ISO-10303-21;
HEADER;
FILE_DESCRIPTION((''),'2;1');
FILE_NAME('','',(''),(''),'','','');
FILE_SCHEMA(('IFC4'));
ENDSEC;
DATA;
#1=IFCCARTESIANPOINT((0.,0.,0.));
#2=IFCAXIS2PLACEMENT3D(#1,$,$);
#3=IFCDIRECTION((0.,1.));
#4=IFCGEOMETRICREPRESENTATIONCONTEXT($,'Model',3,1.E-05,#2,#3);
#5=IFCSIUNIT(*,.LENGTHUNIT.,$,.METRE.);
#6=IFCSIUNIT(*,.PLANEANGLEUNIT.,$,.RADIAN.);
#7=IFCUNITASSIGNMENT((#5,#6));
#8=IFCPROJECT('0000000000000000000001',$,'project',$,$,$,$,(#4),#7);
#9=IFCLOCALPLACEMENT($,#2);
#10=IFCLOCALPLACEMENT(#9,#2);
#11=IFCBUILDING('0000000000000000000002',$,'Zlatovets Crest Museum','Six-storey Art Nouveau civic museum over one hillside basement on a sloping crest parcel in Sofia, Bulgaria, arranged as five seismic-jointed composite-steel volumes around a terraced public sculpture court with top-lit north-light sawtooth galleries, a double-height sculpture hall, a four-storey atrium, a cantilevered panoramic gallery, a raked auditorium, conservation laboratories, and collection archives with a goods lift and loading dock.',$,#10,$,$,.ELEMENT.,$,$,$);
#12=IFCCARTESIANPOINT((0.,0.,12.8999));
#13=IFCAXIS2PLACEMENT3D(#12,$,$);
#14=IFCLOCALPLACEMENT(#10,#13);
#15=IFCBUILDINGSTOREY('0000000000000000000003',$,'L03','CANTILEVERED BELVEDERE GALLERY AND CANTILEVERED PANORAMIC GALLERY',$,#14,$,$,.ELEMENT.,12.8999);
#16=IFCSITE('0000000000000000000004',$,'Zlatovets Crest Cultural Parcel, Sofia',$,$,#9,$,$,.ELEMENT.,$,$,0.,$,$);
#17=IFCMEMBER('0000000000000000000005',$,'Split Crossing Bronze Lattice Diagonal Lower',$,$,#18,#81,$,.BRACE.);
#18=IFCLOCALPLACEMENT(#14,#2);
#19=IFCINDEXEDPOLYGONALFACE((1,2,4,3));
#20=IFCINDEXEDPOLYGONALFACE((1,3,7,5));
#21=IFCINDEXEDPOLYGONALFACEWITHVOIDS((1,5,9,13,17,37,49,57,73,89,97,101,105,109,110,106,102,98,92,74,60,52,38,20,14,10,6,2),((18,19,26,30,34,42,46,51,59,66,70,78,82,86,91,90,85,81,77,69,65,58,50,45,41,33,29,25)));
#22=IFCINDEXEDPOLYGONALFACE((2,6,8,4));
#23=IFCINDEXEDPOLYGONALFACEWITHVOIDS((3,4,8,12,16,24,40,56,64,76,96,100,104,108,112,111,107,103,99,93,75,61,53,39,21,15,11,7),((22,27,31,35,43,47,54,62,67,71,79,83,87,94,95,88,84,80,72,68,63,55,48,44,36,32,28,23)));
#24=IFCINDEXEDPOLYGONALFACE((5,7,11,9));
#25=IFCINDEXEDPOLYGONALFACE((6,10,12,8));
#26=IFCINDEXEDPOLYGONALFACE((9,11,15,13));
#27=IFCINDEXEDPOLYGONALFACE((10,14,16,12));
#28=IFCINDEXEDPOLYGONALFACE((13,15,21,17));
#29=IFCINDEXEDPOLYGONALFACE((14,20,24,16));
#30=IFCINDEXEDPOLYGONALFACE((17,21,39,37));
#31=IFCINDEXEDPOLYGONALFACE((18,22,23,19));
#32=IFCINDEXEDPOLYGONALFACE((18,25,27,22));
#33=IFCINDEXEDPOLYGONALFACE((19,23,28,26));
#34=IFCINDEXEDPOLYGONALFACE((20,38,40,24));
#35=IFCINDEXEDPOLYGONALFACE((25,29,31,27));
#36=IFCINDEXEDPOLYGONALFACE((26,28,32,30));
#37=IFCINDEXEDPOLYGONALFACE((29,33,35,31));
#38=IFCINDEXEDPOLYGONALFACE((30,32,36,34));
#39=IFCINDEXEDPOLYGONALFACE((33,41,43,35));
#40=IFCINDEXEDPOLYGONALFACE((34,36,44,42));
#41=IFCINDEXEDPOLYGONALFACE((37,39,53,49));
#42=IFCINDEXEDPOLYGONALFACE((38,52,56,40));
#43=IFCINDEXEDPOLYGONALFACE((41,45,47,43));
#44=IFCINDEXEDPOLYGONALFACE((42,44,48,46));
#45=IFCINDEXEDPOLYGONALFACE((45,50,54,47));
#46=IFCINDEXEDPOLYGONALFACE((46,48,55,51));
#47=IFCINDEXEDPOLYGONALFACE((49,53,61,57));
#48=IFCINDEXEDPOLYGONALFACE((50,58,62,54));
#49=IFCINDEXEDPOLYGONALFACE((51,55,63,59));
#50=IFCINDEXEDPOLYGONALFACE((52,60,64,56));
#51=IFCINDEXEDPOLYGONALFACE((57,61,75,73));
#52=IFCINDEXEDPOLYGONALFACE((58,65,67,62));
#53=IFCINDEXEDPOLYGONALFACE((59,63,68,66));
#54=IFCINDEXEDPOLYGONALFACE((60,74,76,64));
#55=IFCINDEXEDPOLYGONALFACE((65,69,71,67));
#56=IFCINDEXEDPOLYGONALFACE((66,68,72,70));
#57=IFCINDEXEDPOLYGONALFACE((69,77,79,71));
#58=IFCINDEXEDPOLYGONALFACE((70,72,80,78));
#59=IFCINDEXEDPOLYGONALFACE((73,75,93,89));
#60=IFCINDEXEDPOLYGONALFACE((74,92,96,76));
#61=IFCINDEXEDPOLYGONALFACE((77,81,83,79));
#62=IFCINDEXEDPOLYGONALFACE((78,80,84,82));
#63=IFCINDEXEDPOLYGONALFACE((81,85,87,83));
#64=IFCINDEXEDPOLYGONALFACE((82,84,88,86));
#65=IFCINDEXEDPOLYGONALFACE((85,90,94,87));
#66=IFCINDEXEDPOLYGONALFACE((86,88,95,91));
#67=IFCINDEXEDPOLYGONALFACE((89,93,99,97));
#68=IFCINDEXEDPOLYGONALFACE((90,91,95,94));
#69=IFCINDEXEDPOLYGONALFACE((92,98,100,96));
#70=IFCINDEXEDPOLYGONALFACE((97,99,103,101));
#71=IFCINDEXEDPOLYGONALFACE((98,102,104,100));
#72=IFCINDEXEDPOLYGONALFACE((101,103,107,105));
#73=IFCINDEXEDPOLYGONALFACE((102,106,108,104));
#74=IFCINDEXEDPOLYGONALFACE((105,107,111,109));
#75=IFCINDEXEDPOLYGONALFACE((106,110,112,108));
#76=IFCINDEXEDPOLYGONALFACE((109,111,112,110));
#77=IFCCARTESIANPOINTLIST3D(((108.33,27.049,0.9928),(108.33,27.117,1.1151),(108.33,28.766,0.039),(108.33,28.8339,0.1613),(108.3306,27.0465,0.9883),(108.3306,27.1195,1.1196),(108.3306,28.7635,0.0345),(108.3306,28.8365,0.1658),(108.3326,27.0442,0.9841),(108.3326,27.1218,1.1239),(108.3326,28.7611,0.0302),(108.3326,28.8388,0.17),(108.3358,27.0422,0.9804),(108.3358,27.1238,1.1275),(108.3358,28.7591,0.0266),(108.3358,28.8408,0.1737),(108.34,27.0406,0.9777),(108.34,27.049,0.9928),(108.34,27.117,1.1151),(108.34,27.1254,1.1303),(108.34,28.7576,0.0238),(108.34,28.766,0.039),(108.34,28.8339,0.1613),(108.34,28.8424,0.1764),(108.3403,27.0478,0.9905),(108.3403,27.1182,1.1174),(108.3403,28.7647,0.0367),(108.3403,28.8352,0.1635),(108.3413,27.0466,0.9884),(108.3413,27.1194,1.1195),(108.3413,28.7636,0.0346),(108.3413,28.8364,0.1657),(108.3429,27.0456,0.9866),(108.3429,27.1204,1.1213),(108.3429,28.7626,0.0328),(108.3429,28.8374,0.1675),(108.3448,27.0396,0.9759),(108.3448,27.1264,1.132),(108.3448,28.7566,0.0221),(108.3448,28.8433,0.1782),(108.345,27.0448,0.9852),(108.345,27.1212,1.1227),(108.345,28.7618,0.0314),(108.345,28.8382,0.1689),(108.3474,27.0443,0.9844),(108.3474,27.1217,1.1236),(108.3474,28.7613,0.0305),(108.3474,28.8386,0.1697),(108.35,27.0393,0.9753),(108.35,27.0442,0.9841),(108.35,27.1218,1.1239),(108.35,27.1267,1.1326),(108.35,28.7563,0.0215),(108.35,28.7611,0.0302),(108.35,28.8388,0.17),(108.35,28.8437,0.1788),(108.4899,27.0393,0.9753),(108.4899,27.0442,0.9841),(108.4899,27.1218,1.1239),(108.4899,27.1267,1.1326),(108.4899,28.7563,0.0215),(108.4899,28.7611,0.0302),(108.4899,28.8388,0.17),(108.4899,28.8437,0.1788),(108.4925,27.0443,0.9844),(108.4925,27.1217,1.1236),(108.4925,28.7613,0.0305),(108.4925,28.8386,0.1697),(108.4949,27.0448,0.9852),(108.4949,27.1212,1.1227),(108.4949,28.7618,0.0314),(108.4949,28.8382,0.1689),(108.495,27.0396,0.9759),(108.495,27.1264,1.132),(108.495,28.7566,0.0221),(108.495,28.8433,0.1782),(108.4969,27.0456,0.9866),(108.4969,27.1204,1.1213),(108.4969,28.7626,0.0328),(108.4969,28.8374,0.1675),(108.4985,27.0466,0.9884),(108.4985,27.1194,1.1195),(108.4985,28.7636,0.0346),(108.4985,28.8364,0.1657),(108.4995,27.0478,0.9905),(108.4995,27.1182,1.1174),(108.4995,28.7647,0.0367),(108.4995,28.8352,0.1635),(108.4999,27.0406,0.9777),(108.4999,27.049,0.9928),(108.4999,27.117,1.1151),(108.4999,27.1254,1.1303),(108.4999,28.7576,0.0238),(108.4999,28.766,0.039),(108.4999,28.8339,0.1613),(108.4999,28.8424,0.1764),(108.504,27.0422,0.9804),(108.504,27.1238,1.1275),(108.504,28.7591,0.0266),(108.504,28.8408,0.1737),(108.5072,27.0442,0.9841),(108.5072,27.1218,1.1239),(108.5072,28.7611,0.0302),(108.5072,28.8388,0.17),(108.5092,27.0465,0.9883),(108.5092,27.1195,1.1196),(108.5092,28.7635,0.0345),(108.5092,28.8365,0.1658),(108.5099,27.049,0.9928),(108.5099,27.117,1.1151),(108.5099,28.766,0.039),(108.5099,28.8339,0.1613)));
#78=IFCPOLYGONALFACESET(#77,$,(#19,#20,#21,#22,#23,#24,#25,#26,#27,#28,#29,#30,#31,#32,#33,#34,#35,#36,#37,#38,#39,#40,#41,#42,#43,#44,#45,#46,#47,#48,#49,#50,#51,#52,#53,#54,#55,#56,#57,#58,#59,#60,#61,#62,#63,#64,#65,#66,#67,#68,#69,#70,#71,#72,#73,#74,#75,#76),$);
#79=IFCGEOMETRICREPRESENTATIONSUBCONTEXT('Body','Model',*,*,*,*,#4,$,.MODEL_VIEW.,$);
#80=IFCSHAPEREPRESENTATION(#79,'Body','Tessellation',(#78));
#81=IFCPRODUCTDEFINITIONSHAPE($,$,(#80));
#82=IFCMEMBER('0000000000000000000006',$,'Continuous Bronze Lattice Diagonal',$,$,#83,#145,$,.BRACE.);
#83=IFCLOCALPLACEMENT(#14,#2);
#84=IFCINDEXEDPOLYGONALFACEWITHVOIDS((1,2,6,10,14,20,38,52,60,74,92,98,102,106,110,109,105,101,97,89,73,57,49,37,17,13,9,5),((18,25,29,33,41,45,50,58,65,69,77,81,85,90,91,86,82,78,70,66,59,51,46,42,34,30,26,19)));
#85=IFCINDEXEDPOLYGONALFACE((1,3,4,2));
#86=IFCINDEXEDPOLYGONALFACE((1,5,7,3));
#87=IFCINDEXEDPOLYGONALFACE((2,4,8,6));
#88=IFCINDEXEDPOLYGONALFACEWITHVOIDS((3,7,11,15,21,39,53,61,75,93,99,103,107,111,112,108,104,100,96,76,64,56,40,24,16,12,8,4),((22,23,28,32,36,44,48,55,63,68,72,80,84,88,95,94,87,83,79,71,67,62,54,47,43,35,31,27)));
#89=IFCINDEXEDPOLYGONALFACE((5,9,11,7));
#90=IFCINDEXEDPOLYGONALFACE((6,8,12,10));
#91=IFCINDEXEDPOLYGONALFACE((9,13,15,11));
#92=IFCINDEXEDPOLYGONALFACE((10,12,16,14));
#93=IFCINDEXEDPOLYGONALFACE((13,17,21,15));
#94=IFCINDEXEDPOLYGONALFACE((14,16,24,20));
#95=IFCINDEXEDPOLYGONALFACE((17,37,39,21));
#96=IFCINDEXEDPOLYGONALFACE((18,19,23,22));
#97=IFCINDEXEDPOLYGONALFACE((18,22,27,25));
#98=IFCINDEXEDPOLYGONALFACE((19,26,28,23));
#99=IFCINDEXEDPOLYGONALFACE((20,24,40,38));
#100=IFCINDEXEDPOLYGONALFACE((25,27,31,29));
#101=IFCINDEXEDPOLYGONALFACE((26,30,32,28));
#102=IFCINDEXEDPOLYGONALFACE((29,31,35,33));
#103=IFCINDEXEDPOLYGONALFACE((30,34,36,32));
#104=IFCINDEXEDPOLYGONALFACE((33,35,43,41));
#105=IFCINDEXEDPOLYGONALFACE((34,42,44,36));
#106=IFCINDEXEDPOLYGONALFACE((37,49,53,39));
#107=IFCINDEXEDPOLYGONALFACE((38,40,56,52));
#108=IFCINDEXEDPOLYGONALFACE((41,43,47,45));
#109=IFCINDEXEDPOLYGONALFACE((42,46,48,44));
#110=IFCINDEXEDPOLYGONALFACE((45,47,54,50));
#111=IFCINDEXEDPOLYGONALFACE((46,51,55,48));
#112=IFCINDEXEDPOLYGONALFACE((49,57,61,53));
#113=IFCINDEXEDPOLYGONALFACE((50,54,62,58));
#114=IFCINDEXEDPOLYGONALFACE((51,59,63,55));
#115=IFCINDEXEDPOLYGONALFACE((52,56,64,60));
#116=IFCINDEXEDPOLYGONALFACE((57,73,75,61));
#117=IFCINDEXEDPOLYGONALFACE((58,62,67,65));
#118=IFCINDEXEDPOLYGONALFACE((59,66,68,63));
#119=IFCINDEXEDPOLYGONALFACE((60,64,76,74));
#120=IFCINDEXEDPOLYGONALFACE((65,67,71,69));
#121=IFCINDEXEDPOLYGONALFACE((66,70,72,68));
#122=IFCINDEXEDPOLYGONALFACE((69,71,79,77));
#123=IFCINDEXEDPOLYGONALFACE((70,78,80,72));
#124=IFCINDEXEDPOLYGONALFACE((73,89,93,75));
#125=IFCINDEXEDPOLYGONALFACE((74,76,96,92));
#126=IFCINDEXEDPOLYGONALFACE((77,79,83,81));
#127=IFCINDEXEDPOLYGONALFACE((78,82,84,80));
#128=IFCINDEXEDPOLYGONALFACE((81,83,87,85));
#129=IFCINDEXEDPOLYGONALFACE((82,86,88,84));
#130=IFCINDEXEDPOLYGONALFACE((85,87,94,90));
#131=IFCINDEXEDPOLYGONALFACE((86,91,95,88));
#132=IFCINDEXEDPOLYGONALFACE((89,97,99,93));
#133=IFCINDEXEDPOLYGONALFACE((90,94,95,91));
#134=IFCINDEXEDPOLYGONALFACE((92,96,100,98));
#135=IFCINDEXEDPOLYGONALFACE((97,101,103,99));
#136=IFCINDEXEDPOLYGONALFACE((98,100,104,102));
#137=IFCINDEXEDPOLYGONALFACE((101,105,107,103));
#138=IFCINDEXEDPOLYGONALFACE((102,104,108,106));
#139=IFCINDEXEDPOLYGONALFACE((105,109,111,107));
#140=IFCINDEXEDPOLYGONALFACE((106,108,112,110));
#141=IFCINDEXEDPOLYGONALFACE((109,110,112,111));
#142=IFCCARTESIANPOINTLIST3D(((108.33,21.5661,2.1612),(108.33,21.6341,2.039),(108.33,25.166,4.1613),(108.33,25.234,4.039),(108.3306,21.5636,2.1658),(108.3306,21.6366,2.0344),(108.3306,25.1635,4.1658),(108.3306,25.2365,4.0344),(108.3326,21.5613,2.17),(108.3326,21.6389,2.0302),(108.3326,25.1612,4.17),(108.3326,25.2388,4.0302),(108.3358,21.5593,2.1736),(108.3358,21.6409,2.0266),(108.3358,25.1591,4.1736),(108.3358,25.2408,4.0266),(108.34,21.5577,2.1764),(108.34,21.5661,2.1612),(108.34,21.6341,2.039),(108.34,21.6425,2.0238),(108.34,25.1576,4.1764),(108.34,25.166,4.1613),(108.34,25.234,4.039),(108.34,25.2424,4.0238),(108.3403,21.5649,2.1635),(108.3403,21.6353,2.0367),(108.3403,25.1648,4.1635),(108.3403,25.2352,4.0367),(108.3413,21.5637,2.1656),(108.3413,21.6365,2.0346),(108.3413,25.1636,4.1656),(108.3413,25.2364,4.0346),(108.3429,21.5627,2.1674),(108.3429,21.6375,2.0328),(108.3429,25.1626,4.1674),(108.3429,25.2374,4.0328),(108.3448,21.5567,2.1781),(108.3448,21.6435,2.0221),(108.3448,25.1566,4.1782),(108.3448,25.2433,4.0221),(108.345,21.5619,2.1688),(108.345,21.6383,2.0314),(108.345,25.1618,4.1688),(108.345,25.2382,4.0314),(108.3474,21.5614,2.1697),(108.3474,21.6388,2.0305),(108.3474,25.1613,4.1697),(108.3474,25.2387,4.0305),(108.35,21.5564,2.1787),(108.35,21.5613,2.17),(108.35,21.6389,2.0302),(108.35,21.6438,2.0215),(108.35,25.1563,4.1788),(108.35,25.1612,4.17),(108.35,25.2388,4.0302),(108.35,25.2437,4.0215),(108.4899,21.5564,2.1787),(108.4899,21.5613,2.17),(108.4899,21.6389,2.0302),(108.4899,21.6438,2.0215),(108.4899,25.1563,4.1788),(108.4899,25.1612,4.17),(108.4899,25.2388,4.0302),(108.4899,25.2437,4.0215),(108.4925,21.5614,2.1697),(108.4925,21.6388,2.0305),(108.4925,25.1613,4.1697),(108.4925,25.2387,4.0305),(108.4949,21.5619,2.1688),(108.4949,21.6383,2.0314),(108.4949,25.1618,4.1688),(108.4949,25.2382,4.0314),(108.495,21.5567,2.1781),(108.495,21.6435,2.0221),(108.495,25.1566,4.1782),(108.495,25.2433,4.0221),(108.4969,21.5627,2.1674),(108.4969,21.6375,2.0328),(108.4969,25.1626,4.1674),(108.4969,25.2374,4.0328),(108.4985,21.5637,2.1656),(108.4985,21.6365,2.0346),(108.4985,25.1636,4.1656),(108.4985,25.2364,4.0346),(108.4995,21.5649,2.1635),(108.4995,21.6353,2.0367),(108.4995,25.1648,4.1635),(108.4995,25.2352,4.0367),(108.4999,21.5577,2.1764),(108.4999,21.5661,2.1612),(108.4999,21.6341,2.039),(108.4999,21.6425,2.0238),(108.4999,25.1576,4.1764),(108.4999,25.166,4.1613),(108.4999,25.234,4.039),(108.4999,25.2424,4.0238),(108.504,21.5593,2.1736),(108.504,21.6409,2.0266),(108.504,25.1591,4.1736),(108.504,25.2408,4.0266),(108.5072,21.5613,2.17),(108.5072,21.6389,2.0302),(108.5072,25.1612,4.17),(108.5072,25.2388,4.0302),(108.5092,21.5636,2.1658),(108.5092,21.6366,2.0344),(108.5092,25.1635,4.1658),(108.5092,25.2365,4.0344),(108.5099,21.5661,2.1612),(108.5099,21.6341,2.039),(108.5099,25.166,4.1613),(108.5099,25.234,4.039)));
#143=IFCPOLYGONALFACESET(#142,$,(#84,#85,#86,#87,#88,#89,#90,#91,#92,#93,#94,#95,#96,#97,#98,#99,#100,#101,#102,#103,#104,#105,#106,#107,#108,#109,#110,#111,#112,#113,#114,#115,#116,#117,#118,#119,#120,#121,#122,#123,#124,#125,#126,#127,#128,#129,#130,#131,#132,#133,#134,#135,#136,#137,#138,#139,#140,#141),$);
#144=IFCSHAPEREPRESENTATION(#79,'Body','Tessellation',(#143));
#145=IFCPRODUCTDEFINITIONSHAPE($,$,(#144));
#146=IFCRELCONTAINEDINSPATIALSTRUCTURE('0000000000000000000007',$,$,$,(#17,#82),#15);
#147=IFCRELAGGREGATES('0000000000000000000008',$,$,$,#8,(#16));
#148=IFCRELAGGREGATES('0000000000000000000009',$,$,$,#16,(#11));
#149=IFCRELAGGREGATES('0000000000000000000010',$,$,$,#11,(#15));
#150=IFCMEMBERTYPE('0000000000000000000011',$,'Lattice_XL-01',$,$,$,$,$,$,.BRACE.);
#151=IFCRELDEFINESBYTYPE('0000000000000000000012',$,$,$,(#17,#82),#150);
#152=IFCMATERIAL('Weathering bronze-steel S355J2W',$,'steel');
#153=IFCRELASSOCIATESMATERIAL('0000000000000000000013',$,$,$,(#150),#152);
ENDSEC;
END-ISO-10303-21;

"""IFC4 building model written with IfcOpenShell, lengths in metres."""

from ifc_helpers import new_model, si_unit, direction, frame, origin, origin_2d, place, context, subcontext, project, spatial, hollow_rectangle, extrude, material, material_profile, profile_set, type_object, element, save


model = new_model("IFC4")

# Units and contexts
model_context = context("Model", 3, precision=1e-05, world=origin(), true_north=direction((0.0, 1.0)))
body_context = subcontext(model_context, "Body", "Model", "MODEL_VIEW")
ifc_project = project(units=[si_unit("LENGTHUNIT", "METRE"), si_unit("PLANEANGLEUNIT", "RADIAN")], contexts=[model_context])

# Site, building, storey
site_placement = place(None, origin())
site = spatial("IfcSite", under=ifc_project, at=site_placement, Name="Zlatovets Crest Cultural Parcel, Sofia", CompositionType="ELEMENT", RefElevation=0.0)
building_placement = place(site_placement, origin())
building = spatial("IfcBuilding", under=site, at=building_placement, Name="Zlatovets Crest Museum", Description="Six-storey Art Nouveau civic museum over one hillside basement on a sloping crest parcel in Sofia, Bulgaria, arranged as five seismic-jointed composite-steel volumes around a terraced public sculpture court with top-lit north-light sawtooth galleries, a double-height sculpture hall, a four-storey atrium, a cantilevered panoramic gallery, a raked auditorium, conservation laboratories, and collection archives with a goods lift and loading dock.", CompositionType="ELEMENT")
storey_placement = place(building_placement, frame((0.0, 0.0, 12.8999)))
storey = spatial("IfcBuildingStorey", under=building, at=storey_placement, Name="L03", Description="CANTILEVERED BELVEDERE GALLERY AND CANTILEVERED PANORAMIC GALLERY", CompositionType="ELEMENT", Elevation=12.8999)

# Members
ifc_material_1 = material(Name="Weathering bronze-steel S355J2W", Category="steel")
ifc_material_profile_1 = material_profile(ifc_material_1, hollow_rectangle(XDim=0.1799, YDim=0.1799, WallThickness=0.01, InnerFilletRadius=0.01, OuterFilletRadius=0.02, at=origin_2d()), Name="SHS 180x180x10.0")
ifc_profile_set_1 = profile_set([ifc_material_profile_1], Name="Weathering bronze-steel S355J2W")
member_type_1 = type_object("IfcMemberType", Name="Lattice_XL-01", PredefinedType="BRACE", material=ifc_profile_set_1)
for number, where, z_axis, x_axis, name in (
    (1, (108.4199, 27.083, 1.054), (0.0, 0.874169, -0.485622), (-1.0, 0.0, 0.0), "Split Crossing Bronze Lattice Diagonal Lower"),
):
    element("IfcMember", number, at=place(storey_placement, frame(where, z_axis=z_axis, x_axis=x_axis)), inside=storey, type_object=member_type_1, Name=name, PredefinedType="BRACE", context=body_context, shape_type="SweptSolid", body=[
        extrude(hollow_rectangle(XDim=0.1799, YDim=0.1799, WallThickness=0.01, InnerFilletRadius=0.01, OuterFilletRadius=0.02, at=origin_2d()), origin(), (0.0, 0.0, 1.0), 1.9641),
    ])
member_1_placement = place(storey_placement, frame((108.4199, 21.6001, 2.1001), z_axis=(0.0, 0.874149, 0.485658), x_axis=(-1.0, 0.0, 0.0)))
element("IfcMember", 2, at=member_1_placement, inside=storey, type_object=member_type_1, Name="Continuous Bronze Lattice Diagonal", PredefinedType="BRACE", context=body_context, shape_type="SweptSolid", body=[
    extrude(hollow_rectangle(XDim=0.1799, YDim=0.1799, WallThickness=0.01, InnerFilletRadius=0.01, OuterFilletRadius=0.02, at=origin_2d()), origin(), (0.0, 0.0, 1.0), 4.1182),
])

save(model, "model.ifc")
